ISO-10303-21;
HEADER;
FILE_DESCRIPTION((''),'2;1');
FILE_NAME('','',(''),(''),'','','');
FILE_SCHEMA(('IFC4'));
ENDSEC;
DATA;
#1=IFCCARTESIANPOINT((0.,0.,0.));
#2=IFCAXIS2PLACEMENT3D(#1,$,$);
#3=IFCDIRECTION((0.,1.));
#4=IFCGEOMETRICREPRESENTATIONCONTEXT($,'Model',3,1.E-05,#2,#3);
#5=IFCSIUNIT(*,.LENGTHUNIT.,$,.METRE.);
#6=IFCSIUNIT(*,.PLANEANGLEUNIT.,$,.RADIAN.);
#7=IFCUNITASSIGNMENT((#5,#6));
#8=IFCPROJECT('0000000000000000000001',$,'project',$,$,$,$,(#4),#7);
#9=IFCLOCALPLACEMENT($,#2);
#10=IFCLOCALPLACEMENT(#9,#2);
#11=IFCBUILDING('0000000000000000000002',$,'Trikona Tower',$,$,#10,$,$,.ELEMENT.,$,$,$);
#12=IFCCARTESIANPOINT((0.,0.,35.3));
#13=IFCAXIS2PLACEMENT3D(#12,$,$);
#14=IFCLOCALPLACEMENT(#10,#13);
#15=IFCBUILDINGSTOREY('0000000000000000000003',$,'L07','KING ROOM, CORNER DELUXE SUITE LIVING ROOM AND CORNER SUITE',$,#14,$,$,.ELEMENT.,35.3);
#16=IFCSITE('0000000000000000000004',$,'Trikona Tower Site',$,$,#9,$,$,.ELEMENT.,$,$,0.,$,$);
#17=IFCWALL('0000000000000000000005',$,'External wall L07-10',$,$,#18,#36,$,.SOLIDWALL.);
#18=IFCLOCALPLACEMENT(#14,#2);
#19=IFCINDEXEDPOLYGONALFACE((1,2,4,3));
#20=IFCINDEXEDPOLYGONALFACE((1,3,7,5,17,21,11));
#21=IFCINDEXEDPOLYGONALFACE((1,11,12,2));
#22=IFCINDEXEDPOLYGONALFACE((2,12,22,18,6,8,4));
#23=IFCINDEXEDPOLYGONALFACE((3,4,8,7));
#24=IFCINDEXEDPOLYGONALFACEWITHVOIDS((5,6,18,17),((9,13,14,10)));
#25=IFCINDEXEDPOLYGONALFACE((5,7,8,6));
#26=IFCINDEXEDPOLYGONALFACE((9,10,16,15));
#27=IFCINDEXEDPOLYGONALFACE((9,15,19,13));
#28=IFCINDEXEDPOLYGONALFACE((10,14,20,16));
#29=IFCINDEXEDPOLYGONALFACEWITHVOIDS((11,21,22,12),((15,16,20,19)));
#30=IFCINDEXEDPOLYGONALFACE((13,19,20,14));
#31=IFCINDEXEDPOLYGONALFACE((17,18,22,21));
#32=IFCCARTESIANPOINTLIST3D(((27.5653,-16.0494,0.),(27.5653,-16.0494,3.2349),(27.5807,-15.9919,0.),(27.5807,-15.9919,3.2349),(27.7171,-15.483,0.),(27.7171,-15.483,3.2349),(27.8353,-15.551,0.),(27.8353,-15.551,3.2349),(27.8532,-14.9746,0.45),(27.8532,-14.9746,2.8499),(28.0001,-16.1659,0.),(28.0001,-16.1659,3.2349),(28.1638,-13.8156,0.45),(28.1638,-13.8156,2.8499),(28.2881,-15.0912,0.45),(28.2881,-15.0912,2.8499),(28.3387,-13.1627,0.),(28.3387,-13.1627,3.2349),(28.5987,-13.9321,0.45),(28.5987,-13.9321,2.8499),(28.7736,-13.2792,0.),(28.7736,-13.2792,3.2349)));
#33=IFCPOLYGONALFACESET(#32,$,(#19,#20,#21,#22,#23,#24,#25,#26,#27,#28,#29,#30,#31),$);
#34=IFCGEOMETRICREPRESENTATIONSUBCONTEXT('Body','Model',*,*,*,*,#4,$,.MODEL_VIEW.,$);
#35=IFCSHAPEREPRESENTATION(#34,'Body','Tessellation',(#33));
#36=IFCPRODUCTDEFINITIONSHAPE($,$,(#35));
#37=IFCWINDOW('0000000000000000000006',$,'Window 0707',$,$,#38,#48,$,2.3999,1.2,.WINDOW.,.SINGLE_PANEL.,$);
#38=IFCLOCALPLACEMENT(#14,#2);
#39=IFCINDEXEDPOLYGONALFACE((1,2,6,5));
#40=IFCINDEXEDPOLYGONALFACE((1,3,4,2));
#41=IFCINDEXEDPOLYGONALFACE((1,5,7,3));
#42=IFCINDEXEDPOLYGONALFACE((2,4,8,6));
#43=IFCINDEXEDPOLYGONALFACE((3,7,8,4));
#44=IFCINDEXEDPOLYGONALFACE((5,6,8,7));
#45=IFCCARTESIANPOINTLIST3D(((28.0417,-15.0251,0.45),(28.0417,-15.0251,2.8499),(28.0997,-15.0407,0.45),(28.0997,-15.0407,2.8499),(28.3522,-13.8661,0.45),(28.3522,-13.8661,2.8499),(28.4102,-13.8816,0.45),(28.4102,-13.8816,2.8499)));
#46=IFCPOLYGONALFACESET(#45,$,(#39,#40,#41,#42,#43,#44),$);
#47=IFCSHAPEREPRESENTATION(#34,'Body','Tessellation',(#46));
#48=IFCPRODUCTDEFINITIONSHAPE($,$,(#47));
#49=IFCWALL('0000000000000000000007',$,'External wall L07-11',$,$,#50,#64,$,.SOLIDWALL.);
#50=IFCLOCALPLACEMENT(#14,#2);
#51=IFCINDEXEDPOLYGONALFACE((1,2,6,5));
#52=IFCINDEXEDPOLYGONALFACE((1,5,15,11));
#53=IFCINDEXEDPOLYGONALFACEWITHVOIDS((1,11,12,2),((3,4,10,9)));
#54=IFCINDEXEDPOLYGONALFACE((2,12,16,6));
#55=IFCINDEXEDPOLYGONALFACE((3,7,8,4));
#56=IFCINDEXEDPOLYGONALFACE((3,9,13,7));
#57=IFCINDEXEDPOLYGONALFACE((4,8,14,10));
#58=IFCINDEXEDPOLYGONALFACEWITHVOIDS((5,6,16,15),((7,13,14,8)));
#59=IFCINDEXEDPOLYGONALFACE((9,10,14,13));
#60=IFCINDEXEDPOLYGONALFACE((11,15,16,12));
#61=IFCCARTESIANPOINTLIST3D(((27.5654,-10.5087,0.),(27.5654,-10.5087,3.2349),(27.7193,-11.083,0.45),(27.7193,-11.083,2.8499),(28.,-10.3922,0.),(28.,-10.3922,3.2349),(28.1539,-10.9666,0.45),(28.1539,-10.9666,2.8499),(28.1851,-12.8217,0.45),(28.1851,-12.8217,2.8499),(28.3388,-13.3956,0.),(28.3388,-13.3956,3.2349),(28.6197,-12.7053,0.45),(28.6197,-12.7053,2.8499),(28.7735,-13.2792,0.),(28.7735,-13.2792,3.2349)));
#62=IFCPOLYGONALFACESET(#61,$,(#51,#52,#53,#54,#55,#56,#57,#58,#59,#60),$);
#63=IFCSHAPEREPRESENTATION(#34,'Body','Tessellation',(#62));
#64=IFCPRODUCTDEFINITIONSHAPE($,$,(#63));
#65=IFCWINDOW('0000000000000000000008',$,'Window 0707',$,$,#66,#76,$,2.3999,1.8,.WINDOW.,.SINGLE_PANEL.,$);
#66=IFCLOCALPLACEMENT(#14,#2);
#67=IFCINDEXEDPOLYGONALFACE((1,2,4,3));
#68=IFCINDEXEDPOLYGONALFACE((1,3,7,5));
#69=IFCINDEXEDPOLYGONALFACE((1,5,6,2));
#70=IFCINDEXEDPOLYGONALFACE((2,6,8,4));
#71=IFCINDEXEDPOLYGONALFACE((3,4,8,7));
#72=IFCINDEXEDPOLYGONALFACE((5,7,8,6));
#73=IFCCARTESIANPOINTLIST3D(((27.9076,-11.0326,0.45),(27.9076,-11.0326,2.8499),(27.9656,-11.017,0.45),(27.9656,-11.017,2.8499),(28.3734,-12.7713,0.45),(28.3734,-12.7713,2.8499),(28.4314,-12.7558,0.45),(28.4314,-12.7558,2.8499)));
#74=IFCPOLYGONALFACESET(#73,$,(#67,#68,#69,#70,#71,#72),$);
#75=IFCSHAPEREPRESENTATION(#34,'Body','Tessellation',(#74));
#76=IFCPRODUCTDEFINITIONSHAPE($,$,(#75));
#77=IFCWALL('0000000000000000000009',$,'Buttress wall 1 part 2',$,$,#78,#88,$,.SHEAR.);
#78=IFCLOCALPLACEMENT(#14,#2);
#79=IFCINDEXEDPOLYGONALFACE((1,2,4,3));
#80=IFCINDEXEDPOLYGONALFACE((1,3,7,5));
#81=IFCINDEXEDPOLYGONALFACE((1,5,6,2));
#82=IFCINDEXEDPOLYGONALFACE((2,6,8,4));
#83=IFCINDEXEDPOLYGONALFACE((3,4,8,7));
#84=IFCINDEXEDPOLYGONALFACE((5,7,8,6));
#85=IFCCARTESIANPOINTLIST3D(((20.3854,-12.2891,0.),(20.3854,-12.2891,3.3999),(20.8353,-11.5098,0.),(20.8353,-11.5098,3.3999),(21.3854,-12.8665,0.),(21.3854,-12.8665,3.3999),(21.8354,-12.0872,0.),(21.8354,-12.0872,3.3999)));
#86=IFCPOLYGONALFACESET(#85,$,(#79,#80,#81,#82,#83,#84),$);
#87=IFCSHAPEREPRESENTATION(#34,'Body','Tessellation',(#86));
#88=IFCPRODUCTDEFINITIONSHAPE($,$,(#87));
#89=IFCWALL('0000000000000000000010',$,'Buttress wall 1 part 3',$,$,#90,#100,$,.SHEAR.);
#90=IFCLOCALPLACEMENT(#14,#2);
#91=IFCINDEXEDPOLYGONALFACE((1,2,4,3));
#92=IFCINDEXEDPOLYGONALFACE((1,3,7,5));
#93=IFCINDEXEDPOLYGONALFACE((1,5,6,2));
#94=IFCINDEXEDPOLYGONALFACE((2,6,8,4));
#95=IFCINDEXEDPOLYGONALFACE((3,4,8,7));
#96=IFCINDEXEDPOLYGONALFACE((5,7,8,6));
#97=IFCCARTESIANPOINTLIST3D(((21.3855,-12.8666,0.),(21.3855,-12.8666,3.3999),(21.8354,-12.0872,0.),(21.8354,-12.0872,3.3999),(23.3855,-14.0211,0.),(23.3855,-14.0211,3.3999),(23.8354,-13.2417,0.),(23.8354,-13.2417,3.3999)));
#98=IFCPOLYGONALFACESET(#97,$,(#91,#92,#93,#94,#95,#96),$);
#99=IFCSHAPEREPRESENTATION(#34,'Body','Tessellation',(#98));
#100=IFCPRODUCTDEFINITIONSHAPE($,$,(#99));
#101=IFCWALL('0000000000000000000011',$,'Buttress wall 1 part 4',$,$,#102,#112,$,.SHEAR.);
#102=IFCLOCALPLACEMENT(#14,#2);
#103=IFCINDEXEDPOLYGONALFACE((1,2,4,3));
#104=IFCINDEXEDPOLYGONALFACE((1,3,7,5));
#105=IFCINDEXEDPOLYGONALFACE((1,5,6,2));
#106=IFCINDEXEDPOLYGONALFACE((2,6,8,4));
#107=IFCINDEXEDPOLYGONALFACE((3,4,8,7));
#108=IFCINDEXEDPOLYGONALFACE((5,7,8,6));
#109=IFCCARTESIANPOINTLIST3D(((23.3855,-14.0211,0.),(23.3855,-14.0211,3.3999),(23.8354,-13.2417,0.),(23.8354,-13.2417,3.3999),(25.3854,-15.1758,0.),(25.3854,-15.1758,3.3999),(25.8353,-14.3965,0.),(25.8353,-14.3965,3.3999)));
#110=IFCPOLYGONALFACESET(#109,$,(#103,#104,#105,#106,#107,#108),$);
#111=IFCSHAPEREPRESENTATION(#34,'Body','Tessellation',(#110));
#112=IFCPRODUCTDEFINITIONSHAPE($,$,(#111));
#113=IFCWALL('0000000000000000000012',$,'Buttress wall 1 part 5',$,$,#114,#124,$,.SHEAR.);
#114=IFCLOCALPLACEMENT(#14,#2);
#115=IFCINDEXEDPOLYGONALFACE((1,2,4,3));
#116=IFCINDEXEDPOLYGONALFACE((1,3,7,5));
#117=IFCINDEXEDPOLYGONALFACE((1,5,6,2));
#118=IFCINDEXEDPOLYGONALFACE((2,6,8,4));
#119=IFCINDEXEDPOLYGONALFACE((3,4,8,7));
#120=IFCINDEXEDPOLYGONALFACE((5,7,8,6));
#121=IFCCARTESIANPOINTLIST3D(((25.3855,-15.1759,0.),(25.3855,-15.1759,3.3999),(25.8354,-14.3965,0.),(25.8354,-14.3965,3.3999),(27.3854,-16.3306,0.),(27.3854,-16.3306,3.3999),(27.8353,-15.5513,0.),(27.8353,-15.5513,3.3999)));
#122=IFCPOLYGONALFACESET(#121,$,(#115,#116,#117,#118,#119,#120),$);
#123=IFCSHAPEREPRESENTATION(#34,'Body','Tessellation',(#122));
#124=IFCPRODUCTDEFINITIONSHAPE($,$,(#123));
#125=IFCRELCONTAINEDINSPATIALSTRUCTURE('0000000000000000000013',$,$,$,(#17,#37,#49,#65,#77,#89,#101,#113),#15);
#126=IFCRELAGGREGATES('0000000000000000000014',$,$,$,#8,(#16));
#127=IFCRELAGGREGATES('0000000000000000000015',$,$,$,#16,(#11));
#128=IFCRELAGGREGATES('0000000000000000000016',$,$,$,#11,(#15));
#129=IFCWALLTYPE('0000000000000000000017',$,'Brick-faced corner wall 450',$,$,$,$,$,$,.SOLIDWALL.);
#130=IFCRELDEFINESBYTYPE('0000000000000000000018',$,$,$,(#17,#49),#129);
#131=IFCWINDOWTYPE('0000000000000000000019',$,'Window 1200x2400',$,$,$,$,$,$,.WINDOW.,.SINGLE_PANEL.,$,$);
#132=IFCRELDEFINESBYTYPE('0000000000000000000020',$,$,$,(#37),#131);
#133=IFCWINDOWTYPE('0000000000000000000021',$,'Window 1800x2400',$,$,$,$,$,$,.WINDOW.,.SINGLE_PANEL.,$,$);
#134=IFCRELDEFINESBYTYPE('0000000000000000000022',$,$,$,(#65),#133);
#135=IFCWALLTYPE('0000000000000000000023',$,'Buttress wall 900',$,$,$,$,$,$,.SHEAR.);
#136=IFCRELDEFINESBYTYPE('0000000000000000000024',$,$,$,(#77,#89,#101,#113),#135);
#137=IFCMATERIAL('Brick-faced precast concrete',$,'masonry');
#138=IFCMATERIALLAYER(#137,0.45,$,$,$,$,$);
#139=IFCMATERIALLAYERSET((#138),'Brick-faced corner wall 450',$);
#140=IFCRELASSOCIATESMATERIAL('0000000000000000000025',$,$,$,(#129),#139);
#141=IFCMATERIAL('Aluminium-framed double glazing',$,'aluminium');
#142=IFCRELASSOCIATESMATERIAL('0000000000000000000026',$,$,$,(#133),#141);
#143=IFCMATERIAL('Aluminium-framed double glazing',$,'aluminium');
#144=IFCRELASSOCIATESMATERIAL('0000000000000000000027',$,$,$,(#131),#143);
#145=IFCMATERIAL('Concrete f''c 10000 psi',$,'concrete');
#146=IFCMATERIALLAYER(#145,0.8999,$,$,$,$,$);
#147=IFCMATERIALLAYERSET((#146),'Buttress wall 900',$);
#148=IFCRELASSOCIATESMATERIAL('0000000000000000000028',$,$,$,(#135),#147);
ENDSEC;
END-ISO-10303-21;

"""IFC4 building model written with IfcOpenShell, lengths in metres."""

from ifc_helpers import new_model, si_unit, direction, frame, frame_2d, origin, place, context, subcontext, project, spatial, polyline, rectangle, outline, extrude, material, layer, layer_set, type_object, element, fill, save


model = new_model("IFC4")

# Units and contexts
model_context = context("Model", 3, precision=1e-05, world=origin(), true_north=direction((0.0, 1.0)))
body_context = subcontext(model_context, "Body", "Model", "MODEL_VIEW")
ifc_project = project(units=[si_unit("LENGTHUNIT", "METRE"), si_unit("PLANEANGLEUNIT", "RADIAN")], contexts=[model_context])

# Site, building, storey
site_placement = place(None, origin())
site = spatial("IfcSite", under=ifc_project, at=site_placement, Name="Trikona Tower Site", CompositionType="ELEMENT", RefElevation=0.0)
building_placement = place(site_placement, origin())
building = spatial("IfcBuilding", under=site, at=building_placement, Name="Trikona Tower", CompositionType="ELEMENT")
storey_placement = place(building_placement, frame((0.0, 0.0, 35.3)))
storey = spatial("IfcBuildingStorey", under=building, at=storey_placement, Name="L07", Description="KING ROOM, CORNER DELUXE SUITE LIVING ROOM AND CORNER SUITE", CompositionType="ELEMENT", Elevation=35.3)

# Walls, openings, windows
ifc_material_1 = material(Name="Brick-faced precast concrete", Category="masonry")
ifc_layer_1 = layer(ifc_material_1, 0.45)
ifc_layer_set_1 = layer_set([ifc_layer_1], Name="Brick-faced corner wall 450")
wall_type_1 = type_object("IfcWallType", Name="Brick-faced corner wall 450", PredefinedType="SOLIDWALL", material=ifc_layer_set_1)
ifc_material_2 = material(Name="Aluminium-framed double glazing", Category="aluminium")
window_type_1 = type_object("IfcWindowType", Name="Window 1800x2400", PartitioningType="SINGLE_PANEL", PredefinedType="WINDOW", material=ifc_material_2)
ifc_material_3 = material(Name="Aluminium-framed double glazing", Category="aluminium")
window_type_2 = type_object("IfcWindowType", Name="Window 1200x2400", PartitioningType="SINGLE_PANEL", PredefinedType="WINDOW", material=ifc_material_3)
wall_1_placement = place(storey_placement, frame((27.7827, -16.1077, 0.0), z_axis=(0.0, 0.0, 1.0), x_axis=(0.258801, 0.965931, 0.0)))
wall_1 = element("IfcWall", 1, at=wall_1_placement, inside=storey, type_object=wall_type_1, Name="External wall L07-10", PredefinedType="SOLIDWALL", context=body_context, shape_type="SweptSolid", body=[
    extrude(outline(polyline([(2.9885, 0.2251), (0.5864, 0.2251), (0.5513, 0.0933), (0.0596, 0.2251), (0.0, 0.2251), (0.0, -0.2251), (2.9885, -0.2251), (2.9885, 0.2251)])), origin(), (0.0, 0.0, 1.0), 3.2349),
])
opening_1_placement = place(wall_1_placement, frame((1.1125, 0.0, 0.45)))
opening_1 = element("IfcOpeningElement", 2, at=opening_1_placement, cuts=wall_1, PredefinedType="OPENING", context=body_context, shape_type="SweptSolid", body=[
    extrude(rectangle(XDim=1.2, YDim=2.3999, at=frame_2d((0.6001, 1.2))), frame((0.0, 0.2349, 0.0), z_axis=(0.0, -1.0, 0.0), x_axis=(1.0, 0.0, 0.0)), (0.0, 0.0, 1.0), 0.47),
])
window_1_placement = place(opening_1_placement, origin())
window_1 = element("IfcWindow", 3, at=window_1_placement, inside=storey, type_object=window_type_2, Name="Window 0707", OverallHeight=2.3999, OverallWidth=1.2, PartitioningType="SINGLE_PANEL", PredefinedType="WINDOW", context=body_context, shape_type="SweptSolid", body=[
    extrude(rectangle(XDim=1.2, YDim=2.3999, at=frame_2d((0.6001, 1.2))), frame((0.0, 0.03, 0.0), z_axis=(0.0, -1.0, 0.0), x_axis=(1.0, 0.0, 0.0)), (0.0, 0.0, 1.0), 0.0601),
])
fill(opening_1, window_1)
wall_2_placement = place(storey_placement, frame((28.5562, -13.3374, 0.0), z_axis=(0.0, 0.0, 1.0), x_axis=(-0.258781, 0.965936, 0.0)))
wall_2 = element("IfcWall", 4, at=wall_2_placement, inside=storey, type_object=wall_type_1, Name="External wall L07-11", PredefinedType="SOLIDWALL", context=body_context, shape_type="SweptSolid", body=[
    extrude(rectangle(XDim=2.9888, YDim=0.45, at=frame_2d((1.4944, 0.0))), origin(), (0.0, 0.0, 1.0), 3.2349),
])
opening_2_placement = place(wall_2_placement, frame((0.5942, 0.0, 0.45)))
opening_2 = element("IfcOpeningElement", 5, at=opening_2_placement, cuts=wall_2, PredefinedType="OPENING", context=body_context, shape_type="SweptSolid", body=[
    extrude(rectangle(XDim=1.8, YDim=2.3999, at=frame_2d((0.8999, 1.2))), frame((0.0, 0.2349, 0.0), z_axis=(0.0, -1.0, 0.0), x_axis=(1.0, 0.0, 0.0)), (0.0, 0.0, 1.0), 0.47),
])
window_2_placement = place(opening_2_placement, origin())
window_2 = element("IfcWindow", 6, at=window_2_placement, inside=storey, type_object=window_type_1, Name="Window 0707", OverallHeight=2.3999, OverallWidth=1.8, PartitioningType="SINGLE_PANEL", PredefinedType="WINDOW", context=body_context, shape_type="SweptSolid", body=[
    extrude(rectangle(XDim=1.8, YDim=2.3999, at=frame_2d((0.8999, 1.2))), frame((0.0, 0.03, 0.0), z_axis=(0.0, -1.0, 0.0), x_axis=(1.0, 0.0, 0.0)), (0.0, 0.0, 1.0), 0.0601),
])
fill(opening_2, window_2)

# Walls
ifc_material_4 = material(Name="Concrete f'c 10000 psi", Category="concrete")
ifc_layer_2 = layer(ifc_material_4, 0.8999)
ifc_layer_set_2 = layer_set([ifc_layer_2], Name="Buttress wall 900")
wall_type_2 = type_object("IfcWallType", Name="Buttress wall 900", PredefinedType="SHEAR", material=ifc_layer_set_2)
wall_3_placement = place(storey_placement, frame((20.6104, -11.8994, 0.0), z_axis=(0.0, 0.0, 1.0), x_axis=(0.86601, -0.500027, 0.0)))
element("IfcWall", 7, at=wall_3_placement, inside=storey, type_object=wall_type_2, Name="Buttress wall 1 part 2", PredefinedType="SHEAR", context=body_context, shape_type="SweptSolid", body=[
    extrude(rectangle(XDim=1.1548, YDim=0.8999, at=frame_2d((0.5774, 0.0))), origin(), (0.0, 0.0, 1.0), 3.3999),
])
for number, where, z_axis, x_axis, name in (
    (8, (21.6104, -12.4768, 0.0), (0.0, 0.0, 1.0), (0.866055, -0.499948, 0.0), "Buttress wall 1 part 3"),
    (9, (23.6104, -13.6313, 0.0), (0.0, 0.0, 1.0), (0.86601, -0.500027, 0.0), "Buttress wall 1 part 4"),
    (10, (25.6104, -14.7861, 0.0), (0.0, 0.0, 1.0), (0.86601, -0.500027, 0.0), "Buttress wall 1 part 5"),
):
    element("IfcWall", number, at=place(storey_placement, frame(where, z_axis=z_axis, x_axis=x_axis)), inside=storey, type_object=wall_type_2, Name=name, PredefinedType="SHEAR", context=body_context, shape_type="SweptSolid", body=[
        extrude(rectangle(XDim=2.3093, YDim=0.8999, at=frame_2d((1.1548, 0.0))), origin(), (0.0, 0.0, 1.0), 3.3999),
    ])

save(model, "model.ifc")
